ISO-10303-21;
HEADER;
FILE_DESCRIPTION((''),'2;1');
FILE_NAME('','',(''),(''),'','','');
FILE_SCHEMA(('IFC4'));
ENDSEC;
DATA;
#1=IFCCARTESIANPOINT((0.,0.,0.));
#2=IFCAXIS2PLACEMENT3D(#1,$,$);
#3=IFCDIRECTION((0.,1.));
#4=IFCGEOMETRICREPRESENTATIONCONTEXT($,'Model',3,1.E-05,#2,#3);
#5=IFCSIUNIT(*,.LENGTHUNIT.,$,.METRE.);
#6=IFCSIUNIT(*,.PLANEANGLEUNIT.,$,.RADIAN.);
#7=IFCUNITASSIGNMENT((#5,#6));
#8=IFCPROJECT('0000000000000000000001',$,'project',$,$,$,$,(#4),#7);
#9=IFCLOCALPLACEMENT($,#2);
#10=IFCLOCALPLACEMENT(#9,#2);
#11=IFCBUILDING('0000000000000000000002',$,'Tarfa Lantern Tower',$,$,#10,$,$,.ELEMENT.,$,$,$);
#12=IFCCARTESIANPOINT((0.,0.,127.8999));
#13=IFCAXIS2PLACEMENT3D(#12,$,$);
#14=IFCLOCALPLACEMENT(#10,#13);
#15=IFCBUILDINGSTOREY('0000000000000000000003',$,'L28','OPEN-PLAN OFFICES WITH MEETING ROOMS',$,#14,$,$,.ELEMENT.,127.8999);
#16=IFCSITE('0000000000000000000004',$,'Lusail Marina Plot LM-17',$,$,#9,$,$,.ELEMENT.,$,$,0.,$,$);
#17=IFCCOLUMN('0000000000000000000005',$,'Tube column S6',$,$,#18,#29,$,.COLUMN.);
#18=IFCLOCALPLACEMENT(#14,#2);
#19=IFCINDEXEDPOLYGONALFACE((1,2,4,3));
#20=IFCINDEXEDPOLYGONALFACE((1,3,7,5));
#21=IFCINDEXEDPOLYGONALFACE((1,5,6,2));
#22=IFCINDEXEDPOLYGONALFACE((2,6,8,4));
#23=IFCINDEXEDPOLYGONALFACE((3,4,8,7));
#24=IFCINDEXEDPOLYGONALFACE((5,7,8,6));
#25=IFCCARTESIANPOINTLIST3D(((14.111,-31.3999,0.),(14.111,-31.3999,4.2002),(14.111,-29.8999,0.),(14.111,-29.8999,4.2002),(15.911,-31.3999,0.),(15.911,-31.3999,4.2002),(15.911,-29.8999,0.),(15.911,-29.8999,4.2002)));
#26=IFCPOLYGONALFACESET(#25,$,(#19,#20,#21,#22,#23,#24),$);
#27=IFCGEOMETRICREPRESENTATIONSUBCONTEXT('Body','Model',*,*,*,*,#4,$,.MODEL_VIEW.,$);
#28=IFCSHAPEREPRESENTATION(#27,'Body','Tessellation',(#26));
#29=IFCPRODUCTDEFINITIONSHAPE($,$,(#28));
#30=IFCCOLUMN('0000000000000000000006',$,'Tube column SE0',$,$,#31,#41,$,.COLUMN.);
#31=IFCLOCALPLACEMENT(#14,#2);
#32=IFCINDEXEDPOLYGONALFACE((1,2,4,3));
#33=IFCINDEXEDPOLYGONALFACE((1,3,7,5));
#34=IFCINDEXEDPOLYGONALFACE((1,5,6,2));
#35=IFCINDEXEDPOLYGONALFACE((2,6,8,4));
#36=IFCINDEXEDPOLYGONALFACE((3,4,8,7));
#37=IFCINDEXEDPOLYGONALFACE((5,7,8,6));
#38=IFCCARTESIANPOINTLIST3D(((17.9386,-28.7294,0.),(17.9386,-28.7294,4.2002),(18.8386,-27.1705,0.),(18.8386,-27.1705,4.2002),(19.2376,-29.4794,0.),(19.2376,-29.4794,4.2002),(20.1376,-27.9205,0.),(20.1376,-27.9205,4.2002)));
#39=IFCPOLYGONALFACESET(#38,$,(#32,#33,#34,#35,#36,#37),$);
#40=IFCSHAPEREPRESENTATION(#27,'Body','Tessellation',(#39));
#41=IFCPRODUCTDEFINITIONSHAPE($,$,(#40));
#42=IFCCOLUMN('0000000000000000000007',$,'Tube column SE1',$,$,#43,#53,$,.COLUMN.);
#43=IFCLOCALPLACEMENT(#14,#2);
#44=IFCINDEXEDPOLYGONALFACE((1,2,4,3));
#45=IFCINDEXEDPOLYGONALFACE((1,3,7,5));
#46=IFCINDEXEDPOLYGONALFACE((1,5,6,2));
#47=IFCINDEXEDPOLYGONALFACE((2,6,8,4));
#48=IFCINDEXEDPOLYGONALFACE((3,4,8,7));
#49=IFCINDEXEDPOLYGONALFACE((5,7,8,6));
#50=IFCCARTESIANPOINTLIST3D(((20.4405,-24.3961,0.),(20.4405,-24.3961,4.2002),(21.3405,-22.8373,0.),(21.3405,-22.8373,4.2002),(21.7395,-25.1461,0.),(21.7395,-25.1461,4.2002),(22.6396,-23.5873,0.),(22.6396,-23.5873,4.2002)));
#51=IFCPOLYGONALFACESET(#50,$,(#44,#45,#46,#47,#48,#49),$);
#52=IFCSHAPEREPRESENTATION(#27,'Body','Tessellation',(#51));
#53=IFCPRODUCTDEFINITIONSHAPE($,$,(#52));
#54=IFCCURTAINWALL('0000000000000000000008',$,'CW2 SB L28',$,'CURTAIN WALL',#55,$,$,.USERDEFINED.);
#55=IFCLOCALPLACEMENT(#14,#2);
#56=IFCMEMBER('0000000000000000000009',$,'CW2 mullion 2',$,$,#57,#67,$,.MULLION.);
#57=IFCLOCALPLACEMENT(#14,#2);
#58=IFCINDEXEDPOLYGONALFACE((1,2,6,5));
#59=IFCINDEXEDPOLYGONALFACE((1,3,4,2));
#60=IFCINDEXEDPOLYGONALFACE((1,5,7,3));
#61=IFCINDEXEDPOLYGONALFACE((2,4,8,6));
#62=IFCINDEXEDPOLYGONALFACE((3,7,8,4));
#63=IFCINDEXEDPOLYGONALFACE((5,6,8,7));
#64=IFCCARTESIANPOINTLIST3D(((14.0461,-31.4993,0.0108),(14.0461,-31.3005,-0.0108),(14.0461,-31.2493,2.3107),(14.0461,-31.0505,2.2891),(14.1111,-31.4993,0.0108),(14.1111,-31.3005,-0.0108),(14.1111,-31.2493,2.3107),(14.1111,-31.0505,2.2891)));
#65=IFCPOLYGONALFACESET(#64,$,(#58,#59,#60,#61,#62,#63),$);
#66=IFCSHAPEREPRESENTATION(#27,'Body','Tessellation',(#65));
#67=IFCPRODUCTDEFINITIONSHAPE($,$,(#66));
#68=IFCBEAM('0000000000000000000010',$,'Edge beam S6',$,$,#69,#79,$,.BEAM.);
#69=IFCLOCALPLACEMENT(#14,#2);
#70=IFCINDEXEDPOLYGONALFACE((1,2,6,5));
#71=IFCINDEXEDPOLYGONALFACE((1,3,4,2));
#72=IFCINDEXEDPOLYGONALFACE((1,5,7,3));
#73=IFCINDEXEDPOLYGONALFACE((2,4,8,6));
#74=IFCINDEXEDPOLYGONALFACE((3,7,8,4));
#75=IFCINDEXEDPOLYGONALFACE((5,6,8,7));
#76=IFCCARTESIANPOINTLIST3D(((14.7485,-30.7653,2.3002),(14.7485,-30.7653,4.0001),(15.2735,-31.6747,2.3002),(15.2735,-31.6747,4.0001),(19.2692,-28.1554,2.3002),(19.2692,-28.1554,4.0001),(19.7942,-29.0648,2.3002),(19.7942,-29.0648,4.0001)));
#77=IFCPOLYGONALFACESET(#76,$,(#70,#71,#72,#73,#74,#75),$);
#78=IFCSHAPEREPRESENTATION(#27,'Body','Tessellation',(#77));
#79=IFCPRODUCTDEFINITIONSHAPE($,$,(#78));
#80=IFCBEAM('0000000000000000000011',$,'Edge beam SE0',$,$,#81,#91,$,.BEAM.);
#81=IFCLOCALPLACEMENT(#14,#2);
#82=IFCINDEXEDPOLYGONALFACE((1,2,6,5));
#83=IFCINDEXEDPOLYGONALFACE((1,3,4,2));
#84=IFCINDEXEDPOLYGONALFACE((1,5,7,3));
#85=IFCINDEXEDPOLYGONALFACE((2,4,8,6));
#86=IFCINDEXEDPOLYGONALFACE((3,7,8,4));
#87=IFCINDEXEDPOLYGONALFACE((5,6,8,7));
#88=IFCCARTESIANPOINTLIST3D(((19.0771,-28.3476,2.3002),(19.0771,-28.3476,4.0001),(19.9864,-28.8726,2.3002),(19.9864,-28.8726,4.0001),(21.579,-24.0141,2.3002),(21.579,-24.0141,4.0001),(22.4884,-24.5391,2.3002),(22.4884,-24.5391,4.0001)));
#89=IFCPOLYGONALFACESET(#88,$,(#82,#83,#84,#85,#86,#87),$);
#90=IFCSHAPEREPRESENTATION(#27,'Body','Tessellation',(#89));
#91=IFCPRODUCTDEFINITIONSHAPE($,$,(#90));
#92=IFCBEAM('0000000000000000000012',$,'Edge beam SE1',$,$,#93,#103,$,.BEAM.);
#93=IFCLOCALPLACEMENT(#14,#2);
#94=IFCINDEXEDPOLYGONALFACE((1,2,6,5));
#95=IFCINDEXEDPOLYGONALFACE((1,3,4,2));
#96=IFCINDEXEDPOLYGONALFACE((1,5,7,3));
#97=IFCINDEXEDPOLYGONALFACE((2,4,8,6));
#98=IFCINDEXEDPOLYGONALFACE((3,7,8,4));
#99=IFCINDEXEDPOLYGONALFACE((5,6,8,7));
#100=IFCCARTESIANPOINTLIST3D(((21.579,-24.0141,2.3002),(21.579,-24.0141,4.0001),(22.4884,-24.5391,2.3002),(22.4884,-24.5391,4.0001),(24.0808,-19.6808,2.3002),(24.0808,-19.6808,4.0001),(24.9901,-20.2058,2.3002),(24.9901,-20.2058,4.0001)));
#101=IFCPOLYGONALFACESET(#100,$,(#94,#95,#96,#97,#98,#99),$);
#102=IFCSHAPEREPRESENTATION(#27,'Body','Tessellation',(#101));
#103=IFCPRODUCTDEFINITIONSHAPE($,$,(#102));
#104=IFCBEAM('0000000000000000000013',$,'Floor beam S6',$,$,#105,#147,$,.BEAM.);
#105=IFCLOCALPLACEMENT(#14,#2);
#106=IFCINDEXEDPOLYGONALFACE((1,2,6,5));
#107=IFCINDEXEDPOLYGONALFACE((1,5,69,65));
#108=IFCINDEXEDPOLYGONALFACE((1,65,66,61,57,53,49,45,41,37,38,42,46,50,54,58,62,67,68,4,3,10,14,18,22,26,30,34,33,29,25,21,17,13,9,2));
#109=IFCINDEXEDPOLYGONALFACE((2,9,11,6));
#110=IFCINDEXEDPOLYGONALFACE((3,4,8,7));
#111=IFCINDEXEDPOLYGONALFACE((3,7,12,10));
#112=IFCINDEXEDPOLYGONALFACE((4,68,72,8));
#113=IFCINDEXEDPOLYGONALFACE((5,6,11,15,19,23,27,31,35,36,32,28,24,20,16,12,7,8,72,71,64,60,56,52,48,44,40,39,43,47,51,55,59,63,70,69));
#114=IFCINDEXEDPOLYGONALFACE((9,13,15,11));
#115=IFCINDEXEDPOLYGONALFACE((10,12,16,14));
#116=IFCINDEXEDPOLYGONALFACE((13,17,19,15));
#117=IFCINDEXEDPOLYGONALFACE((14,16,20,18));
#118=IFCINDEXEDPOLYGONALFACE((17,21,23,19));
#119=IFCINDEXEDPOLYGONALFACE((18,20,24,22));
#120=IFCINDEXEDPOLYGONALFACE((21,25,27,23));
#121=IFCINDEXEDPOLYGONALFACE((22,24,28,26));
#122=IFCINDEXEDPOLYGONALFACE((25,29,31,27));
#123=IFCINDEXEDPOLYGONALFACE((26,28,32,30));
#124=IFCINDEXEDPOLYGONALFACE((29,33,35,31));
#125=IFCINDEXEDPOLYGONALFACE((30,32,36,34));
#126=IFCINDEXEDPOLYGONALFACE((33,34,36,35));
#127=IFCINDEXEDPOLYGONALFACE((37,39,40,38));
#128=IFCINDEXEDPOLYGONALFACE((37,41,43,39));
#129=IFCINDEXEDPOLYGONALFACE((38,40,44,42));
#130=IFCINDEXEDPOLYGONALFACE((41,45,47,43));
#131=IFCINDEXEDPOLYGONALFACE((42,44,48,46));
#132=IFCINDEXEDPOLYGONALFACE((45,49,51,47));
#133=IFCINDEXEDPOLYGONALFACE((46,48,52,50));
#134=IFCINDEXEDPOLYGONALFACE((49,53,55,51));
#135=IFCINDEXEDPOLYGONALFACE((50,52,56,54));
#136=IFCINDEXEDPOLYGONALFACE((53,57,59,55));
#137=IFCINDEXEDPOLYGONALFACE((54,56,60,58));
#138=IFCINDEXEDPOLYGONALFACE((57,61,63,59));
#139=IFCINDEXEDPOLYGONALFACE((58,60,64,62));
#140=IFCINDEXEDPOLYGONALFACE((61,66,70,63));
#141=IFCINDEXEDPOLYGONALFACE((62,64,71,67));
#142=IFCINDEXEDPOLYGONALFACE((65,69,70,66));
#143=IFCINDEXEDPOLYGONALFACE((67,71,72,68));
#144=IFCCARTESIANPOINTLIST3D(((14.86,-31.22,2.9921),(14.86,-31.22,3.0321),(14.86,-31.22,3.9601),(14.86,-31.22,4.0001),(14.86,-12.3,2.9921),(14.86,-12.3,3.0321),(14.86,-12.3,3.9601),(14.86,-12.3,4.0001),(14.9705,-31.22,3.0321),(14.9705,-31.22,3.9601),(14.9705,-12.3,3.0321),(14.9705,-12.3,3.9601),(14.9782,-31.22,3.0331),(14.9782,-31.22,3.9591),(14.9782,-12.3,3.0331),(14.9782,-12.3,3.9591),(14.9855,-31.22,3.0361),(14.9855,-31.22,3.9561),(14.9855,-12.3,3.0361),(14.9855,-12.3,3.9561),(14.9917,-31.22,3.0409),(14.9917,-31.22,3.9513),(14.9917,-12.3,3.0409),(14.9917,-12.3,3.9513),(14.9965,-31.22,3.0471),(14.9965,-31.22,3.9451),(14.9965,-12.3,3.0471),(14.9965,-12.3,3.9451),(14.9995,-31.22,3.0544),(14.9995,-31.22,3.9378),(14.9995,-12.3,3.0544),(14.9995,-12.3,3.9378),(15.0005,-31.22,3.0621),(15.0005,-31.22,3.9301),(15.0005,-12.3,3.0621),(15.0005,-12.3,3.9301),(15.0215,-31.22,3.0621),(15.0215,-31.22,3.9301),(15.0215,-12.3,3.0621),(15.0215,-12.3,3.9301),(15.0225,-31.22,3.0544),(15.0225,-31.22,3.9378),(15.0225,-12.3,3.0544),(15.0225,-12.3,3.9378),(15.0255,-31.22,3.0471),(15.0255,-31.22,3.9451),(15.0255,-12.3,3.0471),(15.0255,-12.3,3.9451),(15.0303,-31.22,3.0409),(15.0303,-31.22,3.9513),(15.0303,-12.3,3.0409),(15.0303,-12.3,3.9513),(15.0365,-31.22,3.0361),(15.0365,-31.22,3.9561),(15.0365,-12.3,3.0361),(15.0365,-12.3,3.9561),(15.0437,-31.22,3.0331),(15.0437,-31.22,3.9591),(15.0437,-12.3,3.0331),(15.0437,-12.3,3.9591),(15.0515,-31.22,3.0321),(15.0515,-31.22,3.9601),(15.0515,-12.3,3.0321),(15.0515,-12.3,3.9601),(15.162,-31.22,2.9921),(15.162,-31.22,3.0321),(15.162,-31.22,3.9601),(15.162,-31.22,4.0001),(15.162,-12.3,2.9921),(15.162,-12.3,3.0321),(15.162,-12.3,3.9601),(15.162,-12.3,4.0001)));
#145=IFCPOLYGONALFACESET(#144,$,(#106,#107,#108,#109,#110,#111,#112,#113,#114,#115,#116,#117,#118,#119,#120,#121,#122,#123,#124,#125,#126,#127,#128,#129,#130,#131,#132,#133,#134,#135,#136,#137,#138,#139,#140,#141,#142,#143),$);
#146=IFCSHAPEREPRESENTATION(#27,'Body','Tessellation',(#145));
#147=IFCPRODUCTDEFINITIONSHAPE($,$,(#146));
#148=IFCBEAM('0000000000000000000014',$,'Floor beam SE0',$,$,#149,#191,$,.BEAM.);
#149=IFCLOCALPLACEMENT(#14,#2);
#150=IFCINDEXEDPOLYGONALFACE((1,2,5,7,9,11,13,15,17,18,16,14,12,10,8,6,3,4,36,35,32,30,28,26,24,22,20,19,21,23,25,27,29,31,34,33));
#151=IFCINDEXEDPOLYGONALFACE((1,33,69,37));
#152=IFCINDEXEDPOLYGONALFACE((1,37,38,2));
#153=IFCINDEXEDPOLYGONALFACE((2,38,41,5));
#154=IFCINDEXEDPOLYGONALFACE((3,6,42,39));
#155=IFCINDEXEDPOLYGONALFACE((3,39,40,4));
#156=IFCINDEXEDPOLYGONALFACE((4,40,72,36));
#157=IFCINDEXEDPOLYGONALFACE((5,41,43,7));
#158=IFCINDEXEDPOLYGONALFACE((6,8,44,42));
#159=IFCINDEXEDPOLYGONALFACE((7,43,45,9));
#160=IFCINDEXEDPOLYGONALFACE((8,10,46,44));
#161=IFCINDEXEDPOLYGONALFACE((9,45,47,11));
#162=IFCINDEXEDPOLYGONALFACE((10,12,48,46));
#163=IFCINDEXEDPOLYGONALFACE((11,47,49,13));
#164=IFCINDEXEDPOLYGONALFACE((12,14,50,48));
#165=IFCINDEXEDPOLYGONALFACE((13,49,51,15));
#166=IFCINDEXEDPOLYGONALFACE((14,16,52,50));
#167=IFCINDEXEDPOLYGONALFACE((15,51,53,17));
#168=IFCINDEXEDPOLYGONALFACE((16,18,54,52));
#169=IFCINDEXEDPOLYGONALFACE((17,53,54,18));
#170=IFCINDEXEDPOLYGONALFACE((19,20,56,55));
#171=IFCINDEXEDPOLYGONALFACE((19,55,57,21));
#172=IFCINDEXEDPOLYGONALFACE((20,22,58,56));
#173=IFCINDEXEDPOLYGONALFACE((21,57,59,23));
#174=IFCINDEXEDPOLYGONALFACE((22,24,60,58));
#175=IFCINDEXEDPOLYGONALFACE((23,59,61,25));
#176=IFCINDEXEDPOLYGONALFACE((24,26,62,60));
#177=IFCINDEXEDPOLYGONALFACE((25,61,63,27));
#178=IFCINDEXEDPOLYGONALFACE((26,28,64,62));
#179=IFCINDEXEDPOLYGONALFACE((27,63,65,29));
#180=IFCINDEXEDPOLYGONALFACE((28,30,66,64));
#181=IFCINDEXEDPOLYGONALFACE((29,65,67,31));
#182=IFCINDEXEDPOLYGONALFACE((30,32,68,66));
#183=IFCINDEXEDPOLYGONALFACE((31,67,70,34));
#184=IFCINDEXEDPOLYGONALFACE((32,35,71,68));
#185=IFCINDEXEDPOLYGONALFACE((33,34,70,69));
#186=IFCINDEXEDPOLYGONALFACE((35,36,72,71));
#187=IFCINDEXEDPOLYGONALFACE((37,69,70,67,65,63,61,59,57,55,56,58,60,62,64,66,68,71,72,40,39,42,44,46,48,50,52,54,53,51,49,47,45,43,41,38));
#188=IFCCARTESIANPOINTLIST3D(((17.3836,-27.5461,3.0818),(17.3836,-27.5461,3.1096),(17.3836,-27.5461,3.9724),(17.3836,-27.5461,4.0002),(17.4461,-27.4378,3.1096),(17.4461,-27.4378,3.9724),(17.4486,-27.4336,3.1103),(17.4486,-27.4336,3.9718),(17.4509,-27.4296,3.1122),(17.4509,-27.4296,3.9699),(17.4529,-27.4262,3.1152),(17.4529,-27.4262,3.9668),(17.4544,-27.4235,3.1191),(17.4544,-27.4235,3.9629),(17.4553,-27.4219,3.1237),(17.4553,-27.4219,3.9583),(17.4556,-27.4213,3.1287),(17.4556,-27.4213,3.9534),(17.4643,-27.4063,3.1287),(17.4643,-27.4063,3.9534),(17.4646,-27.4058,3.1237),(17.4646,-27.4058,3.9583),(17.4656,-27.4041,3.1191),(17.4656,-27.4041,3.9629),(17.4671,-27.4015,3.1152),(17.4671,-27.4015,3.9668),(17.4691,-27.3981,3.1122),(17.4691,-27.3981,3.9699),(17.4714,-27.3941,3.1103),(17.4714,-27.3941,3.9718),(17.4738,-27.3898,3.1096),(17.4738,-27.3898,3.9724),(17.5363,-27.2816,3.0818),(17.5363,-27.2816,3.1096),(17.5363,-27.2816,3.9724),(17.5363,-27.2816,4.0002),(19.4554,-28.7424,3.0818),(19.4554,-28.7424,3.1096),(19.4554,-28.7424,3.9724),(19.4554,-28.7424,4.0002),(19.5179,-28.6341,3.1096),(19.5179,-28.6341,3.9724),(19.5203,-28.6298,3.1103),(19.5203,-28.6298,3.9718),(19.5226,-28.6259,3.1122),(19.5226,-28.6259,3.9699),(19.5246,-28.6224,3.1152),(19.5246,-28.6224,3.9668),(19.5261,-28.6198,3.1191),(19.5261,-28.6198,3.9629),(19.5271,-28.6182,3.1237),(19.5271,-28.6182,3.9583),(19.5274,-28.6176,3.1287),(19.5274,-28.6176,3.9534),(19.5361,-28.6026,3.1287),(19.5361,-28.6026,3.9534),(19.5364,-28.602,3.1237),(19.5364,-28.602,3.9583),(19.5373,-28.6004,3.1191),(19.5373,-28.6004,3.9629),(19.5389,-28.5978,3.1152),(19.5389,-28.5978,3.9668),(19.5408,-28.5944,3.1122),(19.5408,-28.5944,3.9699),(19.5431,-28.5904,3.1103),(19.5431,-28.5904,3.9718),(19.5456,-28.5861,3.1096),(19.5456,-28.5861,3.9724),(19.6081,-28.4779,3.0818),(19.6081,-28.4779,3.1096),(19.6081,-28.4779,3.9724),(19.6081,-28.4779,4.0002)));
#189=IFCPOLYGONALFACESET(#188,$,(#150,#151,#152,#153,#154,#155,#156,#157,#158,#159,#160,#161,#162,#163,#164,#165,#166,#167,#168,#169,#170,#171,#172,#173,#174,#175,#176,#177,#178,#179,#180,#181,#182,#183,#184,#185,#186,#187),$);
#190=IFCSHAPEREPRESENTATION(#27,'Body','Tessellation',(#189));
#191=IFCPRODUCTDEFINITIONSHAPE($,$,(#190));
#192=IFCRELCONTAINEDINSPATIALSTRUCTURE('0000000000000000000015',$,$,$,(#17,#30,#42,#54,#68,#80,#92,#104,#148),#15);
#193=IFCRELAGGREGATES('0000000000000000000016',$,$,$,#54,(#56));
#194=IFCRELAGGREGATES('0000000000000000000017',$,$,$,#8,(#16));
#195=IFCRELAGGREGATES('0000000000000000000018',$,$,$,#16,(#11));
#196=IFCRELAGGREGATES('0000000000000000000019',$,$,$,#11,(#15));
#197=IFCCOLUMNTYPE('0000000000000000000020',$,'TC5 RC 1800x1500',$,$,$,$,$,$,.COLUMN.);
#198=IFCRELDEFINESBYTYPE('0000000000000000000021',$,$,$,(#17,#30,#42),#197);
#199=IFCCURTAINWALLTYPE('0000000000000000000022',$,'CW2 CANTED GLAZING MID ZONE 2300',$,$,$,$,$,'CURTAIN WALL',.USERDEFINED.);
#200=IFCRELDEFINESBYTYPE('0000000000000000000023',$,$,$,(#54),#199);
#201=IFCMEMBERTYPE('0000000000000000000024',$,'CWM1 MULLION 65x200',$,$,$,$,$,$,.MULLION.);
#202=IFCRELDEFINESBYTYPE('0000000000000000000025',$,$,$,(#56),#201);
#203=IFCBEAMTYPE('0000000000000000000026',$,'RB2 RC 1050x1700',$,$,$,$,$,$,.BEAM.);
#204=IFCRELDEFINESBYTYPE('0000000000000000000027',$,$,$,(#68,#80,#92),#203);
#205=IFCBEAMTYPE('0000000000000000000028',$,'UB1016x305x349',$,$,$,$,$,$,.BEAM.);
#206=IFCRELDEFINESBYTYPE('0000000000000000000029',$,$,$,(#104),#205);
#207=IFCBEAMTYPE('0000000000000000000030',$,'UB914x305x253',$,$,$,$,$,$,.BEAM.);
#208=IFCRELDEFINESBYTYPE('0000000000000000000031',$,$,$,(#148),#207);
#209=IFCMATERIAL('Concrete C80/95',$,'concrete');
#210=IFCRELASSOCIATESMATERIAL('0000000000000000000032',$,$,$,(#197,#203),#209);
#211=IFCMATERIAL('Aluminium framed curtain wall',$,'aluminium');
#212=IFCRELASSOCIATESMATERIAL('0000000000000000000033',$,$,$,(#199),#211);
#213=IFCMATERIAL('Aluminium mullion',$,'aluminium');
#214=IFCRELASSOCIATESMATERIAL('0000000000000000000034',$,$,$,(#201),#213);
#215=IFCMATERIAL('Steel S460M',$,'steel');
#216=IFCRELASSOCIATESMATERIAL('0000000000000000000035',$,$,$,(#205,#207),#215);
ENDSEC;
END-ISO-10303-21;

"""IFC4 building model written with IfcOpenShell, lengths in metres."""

from ifc_helpers import new_model, si_unit, direction, frame, origin, origin_2d, place, context, subcontext, project, spatial, rectangle, i_section, extrude, material, material_profile, profile_set, type_object, element, aggregate, save


model = new_model("IFC4")

# Units and contexts
model_context = context("Model", 3, precision=1e-05, world=origin(), true_north=direction((0.0, 1.0)))
body_context = subcontext(model_context, "Body", "Model", "MODEL_VIEW")
ifc_project = project(units=[si_unit("LENGTHUNIT", "METRE"), si_unit("PLANEANGLEUNIT", "RADIAN")], contexts=[model_context])

# Site, building, storey
site_placement = place(None, origin())
site = spatial("IfcSite", under=ifc_project, at=site_placement, Name="Lusail Marina Plot LM-17", CompositionType="ELEMENT", RefElevation=0.0)
building_placement = place(site_placement, origin())
building = spatial("IfcBuilding", under=site, at=building_placement, Name="Tarfa Lantern Tower", CompositionType="ELEMENT")
storey_placement = place(building_placement, frame((0.0, 0.0, 127.8999)))
storey = spatial("IfcBuildingStorey", under=building, at=storey_placement, Name="L28", Description="OPEN-PLAN OFFICES WITH MEETING ROOMS", CompositionType="ELEMENT", Elevation=127.8999)

# Columns
ifc_material_1 = material(Name="Concrete C80/95", Category="concrete")
ifc_material_profile_1 = material_profile(ifc_material_1, rectangle(XDim=1.8, YDim=1.5, at=origin_2d()), Name="RC 1800x1500")
ifc_profile_set_1 = profile_set([ifc_material_profile_1], Name="Concrete C80/95")
column_type = type_object("IfcColumnType", Name="TC5 RC 1800x1500", PredefinedType="COLUMN", material=ifc_profile_set_1)
for number, where, z_axis, x_axis, name in (
    (1, (15.011, -30.6499, 0.0), (0.0, 0.0, 1.0), (1.0, 0.0, 0.0), "Tube column S6"),
    (2, (19.0381, -28.325, 0.0), (0.0, 0.0, 1.0), (0.5, 0.866025, 0.0), "Tube column SE0"),
    (3, (21.54, -23.9917, 0.0), (0.0, 0.0, 1.0), (0.5, 0.866025, 0.0), "Tube column SE1"),
):
    element("IfcColumn", number, at=place(storey_placement, frame(where, z_axis=z_axis, x_axis=x_axis)), inside=storey, type_object=column_type, Name=name, PredefinedType="COLUMN", context=body_context, shape_type="SweptSolid", body=[
        extrude(rectangle(XDim=1.8, YDim=1.5, at=origin_2d()), origin(), (0.0, 0.0, 1.0), 4.2002),
    ])

# Curtain wall, member
ifc_material_2 = material(Name="Aluminium framed curtain wall", Category="aluminium")
curtain_wall_type = type_object("IfcCurtainWallType", Name="CW2 CANTED GLAZING MID ZONE 2300", ElementType="CURTAIN WALL", PredefinedType="USERDEFINED", material=ifc_material_2)
curtain_wall_placement = place(storey_placement, origin())
curtain_wall = element("IfcCurtainWall", 4, at=curtain_wall_placement, inside=storey, type_object=curtain_wall_type, Name="CW2 SB L28", ObjectType="CURTAIN WALL", PredefinedType="USERDEFINED")
ifc_material_3 = material(Name="Aluminium mullion", Category="aluminium")
ifc_material_profile_2 = material_profile(ifc_material_3, rectangle(XDim=0.0649, YDim=0.2, at=origin_2d()), Name="AL MULLION 65x200")
ifc_profile_set_2 = profile_set([ifc_material_profile_2], Name="Aluminium mullion")
member_type = type_object("IfcMemberType", Name="CWM1 MULLION 65x200", PredefinedType="MULLION", material=ifc_profile_set_2)
member_placement = place(storey_placement, frame((14.0786, -31.3999, 0.0), z_axis=(0.0, 0.108057, 0.994145), x_axis=(-1.0, 0.0, 0.0)))
member = element("IfcMember", 5, at=member_placement, type_object=member_type, Name="CW2 mullion 2", PredefinedType="MULLION", context=body_context, shape_type="SweptSolid", body=[
    extrude(rectangle(XDim=0.0649, YDim=0.2, at=origin_2d()), origin(), (0.0, 0.0, 1.0), 2.3135),
])
aggregate(curtain_wall, [member])

# Beams
ifc_material_profile_3 = material_profile(ifc_material_1, rectangle(XDim=1.05, YDim=1.7, at=origin_2d()), Name="RC 1050x1700")
ifc_profile_set_3 = profile_set([ifc_material_profile_3], Name="Concrete C80/95")
beam_type_1 = type_object("IfcBeamType", Name="RB2 RC 1050x1700", PredefinedType="BEAM", material=ifc_profile_set_3)
beam_1_placement = place(storey_placement, frame((15.011, -31.22, 3.1501), z_axis=(0.866042, 0.499972, 0.0), x_axis=(-0.499972, 0.866042, 0.0)))
element("IfcBeam", 6, at=beam_1_placement, inside=storey, type_object=beam_type_1, Name="Edge beam S6", PredefinedType="BEAM", context=body_context, shape_type="SweptSolid", body=[
    extrude(rectangle(XDim=1.05, YDim=1.7, at=origin_2d()), origin(), (0.0, 0.0, 1.0), 5.22),
])
beam_2_placement = place(storey_placement, frame((19.5317, -28.6101, 3.1501), z_axis=(0.500001, 0.866025, 0.0), x_axis=(-0.866025, 0.500001, 0.0)))
element("IfcBeam", 7, at=beam_2_placement, inside=storey, type_object=beam_type_1, Name="Edge beam SE0", PredefinedType="BEAM", context=body_context, shape_type="SweptSolid", body=[
    extrude(rectangle(XDim=1.05, YDim=1.7, at=origin_2d()), origin(), (0.0, 0.0, 1.0), 5.0039),
])
beam_3_placement = place(storey_placement, frame((22.0337, -24.2766, 3.1501), z_axis=(0.499986, 0.866034, 0.0), x_axis=(-0.866034, 0.499986, 0.0)))
element("IfcBeam", 8, at=beam_3_placement, inside=storey, type_object=beam_type_1, Name="Edge beam SE1", PredefinedType="BEAM", context=body_context, shape_type="SweptSolid", body=[
    extrude(rectangle(XDim=1.05, YDim=1.7, at=origin_2d()), origin(), (0.0, 0.0, 1.0), 5.0037),
])
ifc_material_4 = material(Name="Steel S460M", Category="steel")
ifc_material_profile_4 = material_profile(ifc_material_4, i_section(OverallWidth=0.302, OverallDepth=1.0081, WebThickness=0.021, FlangeThickness=0.04, FilletRadius=0.03, at=origin_2d()), Name="UB1016x305x349")
ifc_profile_set_4 = profile_set([ifc_material_profile_4], Name="Steel S460M")
beam_type_2 = type_object("IfcBeamType", Name="UB1016x305x349", PredefinedType="BEAM", material=ifc_profile_set_4)
beam_4_placement = place(storey_placement, frame((15.011, -31.22, 3.4961), z_axis=(0.0, 1.0, 0.0), x_axis=(-1.0, 0.0, 0.0)))
element("IfcBeam", 9, at=beam_4_placement, inside=storey, type_object=beam_type_2, Name="Floor beam S6", PredefinedType="BEAM", context=body_context, shape_type="SweptSolid", body=[
    extrude(i_section(OverallWidth=0.302, OverallDepth=1.0081, WebThickness=0.021, FlangeThickness=0.04, FilletRadius=0.03, at=origin_2d()), origin(), (0.0, 0.0, 1.0), 18.9199),
])
ifc_material_profile_5 = material_profile(ifc_material_4, i_section(OverallWidth=0.3054, OverallDepth=0.9185, WebThickness=0.0173, FlangeThickness=0.0278, FilletRadius=0.019, at=origin_2d()), Name="UB914x305x253")
ifc_profile_set_5 = profile_set([ifc_material_profile_5], Name="Steel S460M")
beam_type_3 = type_object("IfcBeamType", Name="UB914x305x253", PredefinedType="BEAM", material=ifc_profile_set_5)
beam_5_placement = place(storey_placement, frame((19.5317, -28.6101, 3.541), z_axis=(-0.865999, 0.500046, 0.0), x_axis=(-0.500046, -0.865999, 0.0)))
element("IfcBeam", 10, at=beam_5_placement, inside=storey, type_object=beam_type_3, Name="Floor beam SE0", PredefinedType="BEAM", context=body_context, shape_type="SweptSolid", body=[
    extrude(i_section(OverallWidth=0.3054, OverallDepth=0.9185, WebThickness=0.0173, FlangeThickness=0.0278, FilletRadius=0.019, at=origin_2d()), origin(), (0.0, 0.0, 1.0), 2.3923),
])

save(model, "model.ifc")
